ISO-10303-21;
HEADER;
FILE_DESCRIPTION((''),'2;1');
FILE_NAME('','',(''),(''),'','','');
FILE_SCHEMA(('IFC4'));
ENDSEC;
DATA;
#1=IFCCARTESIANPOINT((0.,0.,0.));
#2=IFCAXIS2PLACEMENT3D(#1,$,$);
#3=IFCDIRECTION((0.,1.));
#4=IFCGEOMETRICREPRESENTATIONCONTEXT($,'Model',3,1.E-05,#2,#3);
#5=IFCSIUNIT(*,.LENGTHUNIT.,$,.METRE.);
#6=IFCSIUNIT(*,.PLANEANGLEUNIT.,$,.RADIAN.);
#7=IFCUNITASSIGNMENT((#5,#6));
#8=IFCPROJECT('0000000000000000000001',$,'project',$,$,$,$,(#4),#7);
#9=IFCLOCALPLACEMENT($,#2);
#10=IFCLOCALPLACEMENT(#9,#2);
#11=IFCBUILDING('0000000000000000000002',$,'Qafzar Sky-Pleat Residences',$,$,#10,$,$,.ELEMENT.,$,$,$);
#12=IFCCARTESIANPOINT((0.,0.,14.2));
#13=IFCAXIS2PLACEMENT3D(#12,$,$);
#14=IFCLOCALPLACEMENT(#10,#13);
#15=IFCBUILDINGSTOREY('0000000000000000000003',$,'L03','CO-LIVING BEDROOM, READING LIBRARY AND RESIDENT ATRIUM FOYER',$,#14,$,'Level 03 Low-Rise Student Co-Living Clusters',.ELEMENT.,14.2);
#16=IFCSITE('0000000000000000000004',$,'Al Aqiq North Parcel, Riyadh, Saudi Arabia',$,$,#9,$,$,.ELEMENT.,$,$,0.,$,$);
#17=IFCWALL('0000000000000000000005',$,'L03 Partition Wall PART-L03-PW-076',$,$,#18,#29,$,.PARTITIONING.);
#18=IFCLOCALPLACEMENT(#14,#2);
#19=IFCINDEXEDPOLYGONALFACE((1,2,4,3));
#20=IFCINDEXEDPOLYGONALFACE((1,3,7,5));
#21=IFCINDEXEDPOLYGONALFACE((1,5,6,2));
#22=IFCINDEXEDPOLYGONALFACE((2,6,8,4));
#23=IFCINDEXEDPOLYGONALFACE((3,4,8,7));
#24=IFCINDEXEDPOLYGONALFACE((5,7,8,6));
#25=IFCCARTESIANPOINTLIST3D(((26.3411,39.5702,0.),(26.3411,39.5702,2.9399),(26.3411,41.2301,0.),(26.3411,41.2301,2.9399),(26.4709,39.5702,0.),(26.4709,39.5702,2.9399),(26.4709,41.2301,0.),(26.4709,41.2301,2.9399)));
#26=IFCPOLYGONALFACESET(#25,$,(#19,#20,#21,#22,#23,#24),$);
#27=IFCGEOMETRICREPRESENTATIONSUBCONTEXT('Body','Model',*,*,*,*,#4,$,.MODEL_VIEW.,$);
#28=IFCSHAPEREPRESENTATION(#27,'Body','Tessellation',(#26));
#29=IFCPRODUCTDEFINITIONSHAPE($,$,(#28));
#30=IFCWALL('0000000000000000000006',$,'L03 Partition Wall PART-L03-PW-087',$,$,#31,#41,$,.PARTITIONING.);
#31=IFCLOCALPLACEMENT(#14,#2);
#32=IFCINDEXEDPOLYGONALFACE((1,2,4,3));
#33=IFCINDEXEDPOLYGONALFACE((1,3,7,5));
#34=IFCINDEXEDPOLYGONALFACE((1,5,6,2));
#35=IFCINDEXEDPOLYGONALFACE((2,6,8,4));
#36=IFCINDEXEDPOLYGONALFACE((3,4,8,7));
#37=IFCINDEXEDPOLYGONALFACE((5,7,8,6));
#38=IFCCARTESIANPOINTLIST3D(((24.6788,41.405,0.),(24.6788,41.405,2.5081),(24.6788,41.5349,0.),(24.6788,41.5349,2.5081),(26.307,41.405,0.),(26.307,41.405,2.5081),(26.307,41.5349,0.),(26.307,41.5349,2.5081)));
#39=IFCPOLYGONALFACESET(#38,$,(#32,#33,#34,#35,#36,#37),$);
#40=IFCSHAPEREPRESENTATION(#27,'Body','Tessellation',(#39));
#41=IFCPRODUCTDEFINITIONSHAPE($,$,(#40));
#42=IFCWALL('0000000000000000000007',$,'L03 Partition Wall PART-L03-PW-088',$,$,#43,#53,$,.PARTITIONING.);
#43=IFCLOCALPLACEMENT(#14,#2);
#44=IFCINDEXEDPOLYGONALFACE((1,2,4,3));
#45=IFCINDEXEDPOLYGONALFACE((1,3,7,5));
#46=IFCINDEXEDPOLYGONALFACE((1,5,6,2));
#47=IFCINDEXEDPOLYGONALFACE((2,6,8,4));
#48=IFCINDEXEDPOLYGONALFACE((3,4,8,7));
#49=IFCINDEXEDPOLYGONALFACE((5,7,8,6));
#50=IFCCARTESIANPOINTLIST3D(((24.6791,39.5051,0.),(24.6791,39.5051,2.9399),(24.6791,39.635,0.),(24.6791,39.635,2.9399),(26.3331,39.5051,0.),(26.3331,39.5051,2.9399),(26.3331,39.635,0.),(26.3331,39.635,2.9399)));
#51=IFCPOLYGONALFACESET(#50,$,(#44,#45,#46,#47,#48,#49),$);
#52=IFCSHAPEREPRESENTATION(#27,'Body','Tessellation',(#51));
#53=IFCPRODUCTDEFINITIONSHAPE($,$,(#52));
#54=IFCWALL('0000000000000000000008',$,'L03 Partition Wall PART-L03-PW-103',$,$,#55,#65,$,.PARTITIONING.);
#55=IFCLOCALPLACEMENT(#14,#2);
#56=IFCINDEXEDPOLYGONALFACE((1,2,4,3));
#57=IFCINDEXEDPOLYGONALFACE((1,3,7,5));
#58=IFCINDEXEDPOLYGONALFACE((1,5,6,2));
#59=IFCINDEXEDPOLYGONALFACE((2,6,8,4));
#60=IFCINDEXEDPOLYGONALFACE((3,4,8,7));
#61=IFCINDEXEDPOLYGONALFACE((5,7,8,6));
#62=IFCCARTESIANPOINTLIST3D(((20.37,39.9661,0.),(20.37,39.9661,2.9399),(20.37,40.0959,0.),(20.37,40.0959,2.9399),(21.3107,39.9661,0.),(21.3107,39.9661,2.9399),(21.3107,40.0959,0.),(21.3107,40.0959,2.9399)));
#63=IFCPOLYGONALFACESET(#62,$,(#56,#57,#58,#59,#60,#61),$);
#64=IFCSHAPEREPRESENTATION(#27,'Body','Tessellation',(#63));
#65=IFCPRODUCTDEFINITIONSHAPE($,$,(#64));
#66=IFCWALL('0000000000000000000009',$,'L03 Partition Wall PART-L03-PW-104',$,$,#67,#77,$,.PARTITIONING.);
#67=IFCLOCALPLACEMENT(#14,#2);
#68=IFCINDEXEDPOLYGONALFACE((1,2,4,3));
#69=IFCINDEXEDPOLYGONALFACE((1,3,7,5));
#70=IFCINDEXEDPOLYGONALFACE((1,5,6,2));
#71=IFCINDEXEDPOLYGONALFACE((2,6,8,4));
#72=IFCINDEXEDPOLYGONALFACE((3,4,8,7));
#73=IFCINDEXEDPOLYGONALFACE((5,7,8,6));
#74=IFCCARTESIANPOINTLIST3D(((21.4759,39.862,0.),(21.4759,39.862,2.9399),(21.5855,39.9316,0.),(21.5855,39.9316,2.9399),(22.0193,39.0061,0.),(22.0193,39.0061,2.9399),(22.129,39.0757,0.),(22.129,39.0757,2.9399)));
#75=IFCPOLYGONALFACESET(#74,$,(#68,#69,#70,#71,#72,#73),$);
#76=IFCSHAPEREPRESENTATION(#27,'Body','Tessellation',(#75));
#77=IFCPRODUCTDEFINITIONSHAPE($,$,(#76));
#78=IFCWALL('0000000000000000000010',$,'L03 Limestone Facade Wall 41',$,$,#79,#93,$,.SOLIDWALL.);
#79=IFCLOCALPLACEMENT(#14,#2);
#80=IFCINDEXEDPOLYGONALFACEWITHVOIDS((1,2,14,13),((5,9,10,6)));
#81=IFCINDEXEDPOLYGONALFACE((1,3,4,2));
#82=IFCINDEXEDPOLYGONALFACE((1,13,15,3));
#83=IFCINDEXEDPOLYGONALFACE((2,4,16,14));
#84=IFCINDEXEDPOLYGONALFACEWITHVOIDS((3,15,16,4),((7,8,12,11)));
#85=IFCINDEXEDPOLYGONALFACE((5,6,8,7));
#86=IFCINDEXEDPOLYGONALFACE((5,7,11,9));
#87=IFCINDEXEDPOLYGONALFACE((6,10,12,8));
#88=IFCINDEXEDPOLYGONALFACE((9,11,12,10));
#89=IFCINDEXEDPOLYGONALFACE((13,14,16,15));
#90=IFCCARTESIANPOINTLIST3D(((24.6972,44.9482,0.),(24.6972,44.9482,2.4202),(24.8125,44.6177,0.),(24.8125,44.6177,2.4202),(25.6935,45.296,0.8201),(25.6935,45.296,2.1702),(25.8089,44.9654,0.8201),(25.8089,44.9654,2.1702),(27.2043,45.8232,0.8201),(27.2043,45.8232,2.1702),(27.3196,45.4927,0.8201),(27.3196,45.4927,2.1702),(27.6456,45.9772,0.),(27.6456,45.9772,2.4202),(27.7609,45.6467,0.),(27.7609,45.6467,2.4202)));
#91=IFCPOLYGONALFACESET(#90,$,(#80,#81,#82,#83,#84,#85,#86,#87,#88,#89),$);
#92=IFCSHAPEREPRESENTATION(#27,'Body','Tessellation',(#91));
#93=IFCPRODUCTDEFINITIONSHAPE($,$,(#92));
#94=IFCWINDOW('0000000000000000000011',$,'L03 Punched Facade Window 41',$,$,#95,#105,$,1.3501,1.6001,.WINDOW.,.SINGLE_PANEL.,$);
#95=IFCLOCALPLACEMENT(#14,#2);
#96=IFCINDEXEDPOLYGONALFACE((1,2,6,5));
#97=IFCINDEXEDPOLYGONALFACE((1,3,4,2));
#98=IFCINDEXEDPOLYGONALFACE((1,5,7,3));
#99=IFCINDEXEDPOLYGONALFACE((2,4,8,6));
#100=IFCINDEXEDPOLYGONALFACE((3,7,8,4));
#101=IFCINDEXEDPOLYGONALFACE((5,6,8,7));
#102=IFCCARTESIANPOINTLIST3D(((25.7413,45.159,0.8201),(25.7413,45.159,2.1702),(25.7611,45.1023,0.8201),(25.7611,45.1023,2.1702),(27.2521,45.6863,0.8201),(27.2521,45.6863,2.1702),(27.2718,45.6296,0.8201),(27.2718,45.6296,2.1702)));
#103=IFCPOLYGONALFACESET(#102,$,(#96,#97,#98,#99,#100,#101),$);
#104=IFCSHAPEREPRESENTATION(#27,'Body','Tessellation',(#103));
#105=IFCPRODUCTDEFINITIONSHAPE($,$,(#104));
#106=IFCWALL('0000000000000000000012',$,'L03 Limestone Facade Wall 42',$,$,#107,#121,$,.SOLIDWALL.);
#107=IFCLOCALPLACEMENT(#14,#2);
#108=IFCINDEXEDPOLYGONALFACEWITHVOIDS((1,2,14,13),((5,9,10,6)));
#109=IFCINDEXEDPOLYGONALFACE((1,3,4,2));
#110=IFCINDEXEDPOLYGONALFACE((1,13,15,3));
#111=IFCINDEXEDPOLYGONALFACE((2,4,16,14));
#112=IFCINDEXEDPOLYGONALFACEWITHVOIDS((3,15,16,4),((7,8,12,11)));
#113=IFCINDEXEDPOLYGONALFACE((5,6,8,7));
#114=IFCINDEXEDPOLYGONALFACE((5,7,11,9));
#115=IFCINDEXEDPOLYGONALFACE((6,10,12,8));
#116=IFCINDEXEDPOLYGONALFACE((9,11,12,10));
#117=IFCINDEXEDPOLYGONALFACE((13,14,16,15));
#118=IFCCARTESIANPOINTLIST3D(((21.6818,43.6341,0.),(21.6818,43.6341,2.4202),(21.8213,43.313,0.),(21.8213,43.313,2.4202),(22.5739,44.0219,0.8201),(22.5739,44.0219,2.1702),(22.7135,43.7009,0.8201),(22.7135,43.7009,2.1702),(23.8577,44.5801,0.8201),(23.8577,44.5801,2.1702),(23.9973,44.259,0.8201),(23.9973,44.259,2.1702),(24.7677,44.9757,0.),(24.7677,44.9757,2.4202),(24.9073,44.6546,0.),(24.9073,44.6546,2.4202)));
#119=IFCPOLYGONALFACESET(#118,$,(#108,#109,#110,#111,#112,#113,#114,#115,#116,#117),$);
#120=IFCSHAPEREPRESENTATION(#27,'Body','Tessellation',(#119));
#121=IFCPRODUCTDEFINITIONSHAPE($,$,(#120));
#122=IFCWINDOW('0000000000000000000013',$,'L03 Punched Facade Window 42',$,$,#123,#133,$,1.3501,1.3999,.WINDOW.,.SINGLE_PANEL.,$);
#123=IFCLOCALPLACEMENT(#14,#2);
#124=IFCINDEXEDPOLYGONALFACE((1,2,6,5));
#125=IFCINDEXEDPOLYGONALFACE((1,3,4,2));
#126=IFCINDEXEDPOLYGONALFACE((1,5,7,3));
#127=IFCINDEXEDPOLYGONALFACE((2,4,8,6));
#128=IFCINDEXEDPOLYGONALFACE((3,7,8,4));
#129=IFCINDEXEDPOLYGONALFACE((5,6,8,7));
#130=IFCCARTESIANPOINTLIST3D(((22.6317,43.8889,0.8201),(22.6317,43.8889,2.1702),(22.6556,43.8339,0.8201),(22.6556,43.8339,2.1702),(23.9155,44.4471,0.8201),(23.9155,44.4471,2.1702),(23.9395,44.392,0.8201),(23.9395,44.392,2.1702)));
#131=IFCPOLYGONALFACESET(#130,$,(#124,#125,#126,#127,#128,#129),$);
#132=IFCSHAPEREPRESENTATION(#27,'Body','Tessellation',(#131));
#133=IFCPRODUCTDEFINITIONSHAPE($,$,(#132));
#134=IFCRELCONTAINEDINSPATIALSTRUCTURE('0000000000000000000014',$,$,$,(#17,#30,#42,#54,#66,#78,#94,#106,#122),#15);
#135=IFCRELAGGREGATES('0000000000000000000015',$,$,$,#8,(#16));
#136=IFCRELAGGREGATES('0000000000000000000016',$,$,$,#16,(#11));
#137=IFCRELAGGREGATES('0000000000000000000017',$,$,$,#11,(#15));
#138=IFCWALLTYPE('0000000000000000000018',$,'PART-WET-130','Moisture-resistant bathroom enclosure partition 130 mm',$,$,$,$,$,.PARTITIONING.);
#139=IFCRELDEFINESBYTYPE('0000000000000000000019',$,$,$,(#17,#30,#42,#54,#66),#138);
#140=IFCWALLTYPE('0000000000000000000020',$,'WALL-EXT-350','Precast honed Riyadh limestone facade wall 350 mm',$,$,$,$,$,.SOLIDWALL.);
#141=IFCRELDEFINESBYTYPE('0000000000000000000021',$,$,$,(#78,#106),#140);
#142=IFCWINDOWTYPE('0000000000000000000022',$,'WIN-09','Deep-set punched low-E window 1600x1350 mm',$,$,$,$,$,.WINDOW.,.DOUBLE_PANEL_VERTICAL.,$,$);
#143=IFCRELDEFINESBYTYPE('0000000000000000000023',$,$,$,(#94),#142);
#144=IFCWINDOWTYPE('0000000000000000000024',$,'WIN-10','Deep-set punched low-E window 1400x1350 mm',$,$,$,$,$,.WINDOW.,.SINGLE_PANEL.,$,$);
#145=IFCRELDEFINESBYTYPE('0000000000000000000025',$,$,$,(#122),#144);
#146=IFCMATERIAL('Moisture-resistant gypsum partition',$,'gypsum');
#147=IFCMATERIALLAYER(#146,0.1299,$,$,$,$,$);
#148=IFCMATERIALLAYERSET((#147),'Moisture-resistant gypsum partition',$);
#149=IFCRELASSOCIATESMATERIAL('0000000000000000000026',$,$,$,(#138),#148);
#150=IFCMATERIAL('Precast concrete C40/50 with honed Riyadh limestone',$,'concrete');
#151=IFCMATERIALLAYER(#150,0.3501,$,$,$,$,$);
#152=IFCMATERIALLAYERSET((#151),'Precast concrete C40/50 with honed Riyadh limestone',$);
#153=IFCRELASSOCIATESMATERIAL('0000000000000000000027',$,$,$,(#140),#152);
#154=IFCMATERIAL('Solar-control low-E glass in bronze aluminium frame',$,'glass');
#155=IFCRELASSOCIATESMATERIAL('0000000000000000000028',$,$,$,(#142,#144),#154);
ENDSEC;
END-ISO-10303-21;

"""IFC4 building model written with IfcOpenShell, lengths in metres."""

from ifc_helpers import new_model, si_unit, direction, frame, frame_2d, origin, place, context, subcontext, project, spatial, rectangle, extrude, source, transform, mapped, material, layer, layer_set, type_object, element, fill, save


model = new_model("IFC4")

# Units and contexts
model_context = context("Model", 3, precision=1e-05, world=origin(), true_north=direction((0.0, 1.0)))
body_context = subcontext(model_context, "Body", "Model", "MODEL_VIEW")
ifc_project = project(units=[si_unit("LENGTHUNIT", "METRE"), si_unit("PLANEANGLEUNIT", "RADIAN")], contexts=[model_context])

# Site, building, storey
site_placement = place(None, origin())
site = spatial("IfcSite", under=ifc_project, at=site_placement, Name="Al Aqiq North Parcel, Riyadh, Saudi Arabia", CompositionType="ELEMENT", RefElevation=0.0)
building_placement = place(site_placement, origin())
building = spatial("IfcBuilding", under=site, at=building_placement, Name="Qafzar Sky-Pleat Residences", CompositionType="ELEMENT")
storey_placement = place(building_placement, frame((0.0, 0.0, 14.2)))
storey = spatial("IfcBuildingStorey", under=building, at=storey_placement, Name="L03", Description="CO-LIVING BEDROOM, READING LIBRARY AND RESIDENT ATRIUM FOYER", LongName="Level 03 Low-Rise Student Co-Living Clusters", CompositionType="ELEMENT", Elevation=14.2)

# Shared definitions
ifc_material_1 = material(Name="Moisture-resistant gypsum partition", Category="gypsum")
ifc_layer_1 = layer(ifc_material_1, 0.1299)
ifc_layer_set_1 = layer_set([ifc_layer_1], Name="Moisture-resistant gypsum partition")
wall_type_1 = type_object("IfcWallType", Name="PART-WET-130", Description="Moisture-resistant bathroom enclosure partition 130 mm", PredefinedType="PARTITIONING", material=ifc_layer_set_1)

# Walls
wall_1_placement = place(storey_placement, frame((26.406, 39.5701, 0.0), z_axis=(0.0, 0.0, 1.0), x_axis=(0.0, 1.0, 0.0)))
element("IfcWall", 1, at=wall_1_placement, inside=storey, type_object=wall_type_1, Name="L03 Partition Wall PART-L03-PW-076", PredefinedType="PARTITIONING", context=body_context, shape_type="SweptSolid", body=[
    extrude(rectangle(XDim=1.6599, YDim=0.1299, at=frame_2d((0.8301, 0.0))), origin(), (0.0, 0.0, 1.0), 2.9399),
])
wall_2_placement = place(storey_placement, frame((24.679, 41.47, 0.0), z_axis=(0.0, 0.0, 1.0), x_axis=(1.0, 0.0, 0.0)))
element("IfcWall", 2, at=wall_2_placement, inside=storey, type_object=wall_type_1, Name="L03 Partition Wall PART-L03-PW-087", PredefinedType="PARTITIONING", context=body_context, shape_type="SweptSolid", body=[
    extrude(rectangle(XDim=1.6282, YDim=0.1299, at=frame_2d((0.814, 0.0))), origin(), (0.0, 0.0, 1.0), 2.5081),
])
wall_3_placement = place(storey_placement, frame((24.679, 39.5701, 0.0), z_axis=(0.0, 0.0, 1.0), x_axis=(1.0, 0.0, 0.0)))
element("IfcWall", 3, at=wall_3_placement, inside=storey, type_object=wall_type_1, Name="L03 Partition Wall PART-L03-PW-088", PredefinedType="PARTITIONING", context=body_context, shape_type="SweptSolid", body=[
    extrude(rectangle(XDim=1.6541, YDim=0.1299, at=frame_2d((0.8271, 0.0))), origin(), (0.0, 0.0, 1.0), 2.9399),
])
wall_4_placement = place(storey_placement, frame((20.3701, 40.031, 0.0), z_axis=(0.0, 0.0, 1.0), x_axis=(1.0, 0.0, 0.0)))
element("IfcWall", 4, at=wall_4_placement, inside=storey, type_object=wall_type_1, Name="L03 Partition Wall PART-L03-PW-103", PredefinedType="PARTITIONING", context=body_context, shape_type="SweptSolid", body=[
    extrude(rectangle(XDim=0.9407, YDim=0.1299, at=frame_2d((0.4702, 0.0))), origin(), (0.0, 0.0, 1.0), 2.9399),
])
wall_5_placement = place(storey_placement, frame((21.5308, 39.8967, 0.0), z_axis=(0.0, 0.0, 1.0), x_axis=(0.536003, -0.844216, 0.0)))
element("IfcWall", 5, at=wall_5_placement, inside=storey, type_object=wall_type_1, Name="L03 Partition Wall PART-L03-PW-104", PredefinedType="PARTITIONING", context=body_context, shape_type="SweptSolid", body=[
    extrude(rectangle(XDim=1.0139, YDim=0.1299, at=frame_2d((0.5068, 0.0))), origin(), (0.0, 0.0, 1.0), 2.9399),
])

# Walls, openings, windows
ifc_material_2 = material(Name="Precast concrete C40/50 with honed Riyadh limestone", Category="concrete")
ifc_layer_2 = layer(ifc_material_2, 0.3501)
ifc_layer_set_2 = layer_set([ifc_layer_2], Name="Precast concrete C40/50 with honed Riyadh limestone")
wall_type_2 = type_object("IfcWallType", Name="WALL-EXT-350", Description="Precast honed Riyadh limestone facade wall 350 mm", PredefinedType="SOLIDWALL", material=ifc_layer_set_2)
wall_6_placement = place(storey_placement, frame((27.7034, 45.812, 0.0), z_axis=(0.0, 0.0, 1.0), x_axis=(-0.944149, -0.329518, 0.0)))
wall_6 = element("IfcWall", 6, at=wall_6_placement, inside=storey, type_object=wall_type_2, Name="L03 Limestone Facade Wall 41", PredefinedType="SOLIDWALL", context=body_context, shape_type="SweptSolid", body=[
    extrude(rectangle(XDim=3.1228, YDim=0.3501, at=frame_2d((1.5615, 0.0))), origin(), (0.0, 0.0, 1.0), 2.4202),
])
opening_1_placement = place(wall_6_placement, frame((0.4675, 0.0, 0.8201)))
opening_1 = element("IfcOpeningElement", 7, at=opening_1_placement, cuts=wall_6, PredefinedType="OPENING", context=body_context, shape_type="SweptSolid", body=[
    extrude(rectangle(XDim=1.6001, YDim=1.3501, at=frame_2d((0.8, 0.675))), frame((0.0, 0.1851, 0.0), z_axis=(0.0, -1.0, 0.0), x_axis=(1.0, 0.0, 0.0)), (0.0, 0.0, 1.0), 0.3701),
])
ifc_material_3 = material(Name="Solar-control low-E glass in bronze aluminium frame", Category="glass")
window_type_1 = type_object("IfcWindowType", Name="WIN-09", Description="Deep-set punched low-E window 1600x1350 mm", PartitioningType="DOUBLE_PANEL_VERTICAL", PredefinedType="WINDOW", material=ifc_material_3)
shared_shape_1 = source(origin(), body_context, "Body", "SweptSolid", [
    extrude(rectangle(XDim=1.6001, YDim=1.3501, at=frame_2d((0.8, 0.675))), frame((0.0, 0.03, 0.0), z_axis=(0.0, -1.0, 0.0), x_axis=(1.0, 0.0, 0.0)), (0.0, 0.0, 1.0), 0.0601),
])
window_1_placement = place(opening_1_placement, origin())
window_1 = element("IfcWindow", 8, at=window_1_placement, inside=storey, type_object=window_type_1, Name="L03 Punched Facade Window 41", OverallHeight=1.3501, OverallWidth=1.6001, PartitioningType="SINGLE_PANEL", PredefinedType="WINDOW", context=body_context, shape_type="MappedRepresentation", body=[
    mapped(shared_shape_1, transform((0.0, 0.0, 0.0), x_axis=(1.0, 0.0, 0.0), y_axis=(0.0, 1.0, 0.0), z_axis=(0.0, 0.0, 1.0), scale=1.0)),
])
fill(opening_1, window_1)
wall_7_placement = place(storey_placement, frame((24.8376, 44.8152, 0.0), z_axis=(0.0, 0.0, 1.0), x_axis=(-0.917087, -0.398686, 0.0)))
wall_7 = element("IfcWall", 9, at=wall_7_placement, inside=storey, type_object=wall_type_2, Name="L03 Limestone Facade Wall 42", PredefinedType="SOLIDWALL", context=body_context, shape_type="SweptSolid", body=[
    extrude(rectangle(XDim=3.365, YDim=0.3501, at=frame_2d((1.6826, 0.0))), origin(), (0.0, 0.0, 1.0), 2.4202),
])
opening_2_placement = place(wall_7_placement, frame((0.9924, 0.0, 0.8201)))
opening_2 = element("IfcOpeningElement", 10, at=opening_2_placement, cuts=wall_7, PredefinedType="OPENING", context=body_context, shape_type="SweptSolid", body=[
    extrude(rectangle(XDim=1.3999, YDim=1.3501, at=frame_2d((0.7, 0.675))), frame((0.0, 0.1851, 0.0), z_axis=(0.0, -1.0, 0.0), x_axis=(1.0, 0.0, 0.0)), (0.0, 0.0, 1.0), 0.3701),
])
window_type_2 = type_object("IfcWindowType", Name="WIN-10", Description="Deep-set punched low-E window 1400x1350 mm", PartitioningType="SINGLE_PANEL", PredefinedType="WINDOW", material=ifc_material_3)
shared_shape_2 = source(origin(), body_context, "Body", "SweptSolid", [
    extrude(rectangle(XDim=1.3999, YDim=1.3501, at=frame_2d((0.7, 0.675))), frame((0.0, 0.03, 0.0), z_axis=(0.0, -1.0, 0.0), x_axis=(1.0, 0.0, 0.0)), (0.0, 0.0, 1.0), 0.0601),
])
window_2_placement = place(opening_2_placement, origin())
window_2 = element("IfcWindow", 11, at=window_2_placement, inside=storey, type_object=window_type_2, Name="L03 Punched Facade Window 42", OverallHeight=1.3501, OverallWidth=1.3999, PartitioningType="SINGLE_PANEL", PredefinedType="WINDOW", context=body_context, shape_type="MappedRepresentation", body=[
    mapped(shared_shape_2, transform((0.0, 0.0, 0.0), x_axis=(1.0, 0.0, 0.0), y_axis=(0.0, 1.0, 0.0), z_axis=(0.0, 0.0, 1.0), scale=1.0)),
])
fill(opening_2, window_2)

save(model, "model.ifc")
